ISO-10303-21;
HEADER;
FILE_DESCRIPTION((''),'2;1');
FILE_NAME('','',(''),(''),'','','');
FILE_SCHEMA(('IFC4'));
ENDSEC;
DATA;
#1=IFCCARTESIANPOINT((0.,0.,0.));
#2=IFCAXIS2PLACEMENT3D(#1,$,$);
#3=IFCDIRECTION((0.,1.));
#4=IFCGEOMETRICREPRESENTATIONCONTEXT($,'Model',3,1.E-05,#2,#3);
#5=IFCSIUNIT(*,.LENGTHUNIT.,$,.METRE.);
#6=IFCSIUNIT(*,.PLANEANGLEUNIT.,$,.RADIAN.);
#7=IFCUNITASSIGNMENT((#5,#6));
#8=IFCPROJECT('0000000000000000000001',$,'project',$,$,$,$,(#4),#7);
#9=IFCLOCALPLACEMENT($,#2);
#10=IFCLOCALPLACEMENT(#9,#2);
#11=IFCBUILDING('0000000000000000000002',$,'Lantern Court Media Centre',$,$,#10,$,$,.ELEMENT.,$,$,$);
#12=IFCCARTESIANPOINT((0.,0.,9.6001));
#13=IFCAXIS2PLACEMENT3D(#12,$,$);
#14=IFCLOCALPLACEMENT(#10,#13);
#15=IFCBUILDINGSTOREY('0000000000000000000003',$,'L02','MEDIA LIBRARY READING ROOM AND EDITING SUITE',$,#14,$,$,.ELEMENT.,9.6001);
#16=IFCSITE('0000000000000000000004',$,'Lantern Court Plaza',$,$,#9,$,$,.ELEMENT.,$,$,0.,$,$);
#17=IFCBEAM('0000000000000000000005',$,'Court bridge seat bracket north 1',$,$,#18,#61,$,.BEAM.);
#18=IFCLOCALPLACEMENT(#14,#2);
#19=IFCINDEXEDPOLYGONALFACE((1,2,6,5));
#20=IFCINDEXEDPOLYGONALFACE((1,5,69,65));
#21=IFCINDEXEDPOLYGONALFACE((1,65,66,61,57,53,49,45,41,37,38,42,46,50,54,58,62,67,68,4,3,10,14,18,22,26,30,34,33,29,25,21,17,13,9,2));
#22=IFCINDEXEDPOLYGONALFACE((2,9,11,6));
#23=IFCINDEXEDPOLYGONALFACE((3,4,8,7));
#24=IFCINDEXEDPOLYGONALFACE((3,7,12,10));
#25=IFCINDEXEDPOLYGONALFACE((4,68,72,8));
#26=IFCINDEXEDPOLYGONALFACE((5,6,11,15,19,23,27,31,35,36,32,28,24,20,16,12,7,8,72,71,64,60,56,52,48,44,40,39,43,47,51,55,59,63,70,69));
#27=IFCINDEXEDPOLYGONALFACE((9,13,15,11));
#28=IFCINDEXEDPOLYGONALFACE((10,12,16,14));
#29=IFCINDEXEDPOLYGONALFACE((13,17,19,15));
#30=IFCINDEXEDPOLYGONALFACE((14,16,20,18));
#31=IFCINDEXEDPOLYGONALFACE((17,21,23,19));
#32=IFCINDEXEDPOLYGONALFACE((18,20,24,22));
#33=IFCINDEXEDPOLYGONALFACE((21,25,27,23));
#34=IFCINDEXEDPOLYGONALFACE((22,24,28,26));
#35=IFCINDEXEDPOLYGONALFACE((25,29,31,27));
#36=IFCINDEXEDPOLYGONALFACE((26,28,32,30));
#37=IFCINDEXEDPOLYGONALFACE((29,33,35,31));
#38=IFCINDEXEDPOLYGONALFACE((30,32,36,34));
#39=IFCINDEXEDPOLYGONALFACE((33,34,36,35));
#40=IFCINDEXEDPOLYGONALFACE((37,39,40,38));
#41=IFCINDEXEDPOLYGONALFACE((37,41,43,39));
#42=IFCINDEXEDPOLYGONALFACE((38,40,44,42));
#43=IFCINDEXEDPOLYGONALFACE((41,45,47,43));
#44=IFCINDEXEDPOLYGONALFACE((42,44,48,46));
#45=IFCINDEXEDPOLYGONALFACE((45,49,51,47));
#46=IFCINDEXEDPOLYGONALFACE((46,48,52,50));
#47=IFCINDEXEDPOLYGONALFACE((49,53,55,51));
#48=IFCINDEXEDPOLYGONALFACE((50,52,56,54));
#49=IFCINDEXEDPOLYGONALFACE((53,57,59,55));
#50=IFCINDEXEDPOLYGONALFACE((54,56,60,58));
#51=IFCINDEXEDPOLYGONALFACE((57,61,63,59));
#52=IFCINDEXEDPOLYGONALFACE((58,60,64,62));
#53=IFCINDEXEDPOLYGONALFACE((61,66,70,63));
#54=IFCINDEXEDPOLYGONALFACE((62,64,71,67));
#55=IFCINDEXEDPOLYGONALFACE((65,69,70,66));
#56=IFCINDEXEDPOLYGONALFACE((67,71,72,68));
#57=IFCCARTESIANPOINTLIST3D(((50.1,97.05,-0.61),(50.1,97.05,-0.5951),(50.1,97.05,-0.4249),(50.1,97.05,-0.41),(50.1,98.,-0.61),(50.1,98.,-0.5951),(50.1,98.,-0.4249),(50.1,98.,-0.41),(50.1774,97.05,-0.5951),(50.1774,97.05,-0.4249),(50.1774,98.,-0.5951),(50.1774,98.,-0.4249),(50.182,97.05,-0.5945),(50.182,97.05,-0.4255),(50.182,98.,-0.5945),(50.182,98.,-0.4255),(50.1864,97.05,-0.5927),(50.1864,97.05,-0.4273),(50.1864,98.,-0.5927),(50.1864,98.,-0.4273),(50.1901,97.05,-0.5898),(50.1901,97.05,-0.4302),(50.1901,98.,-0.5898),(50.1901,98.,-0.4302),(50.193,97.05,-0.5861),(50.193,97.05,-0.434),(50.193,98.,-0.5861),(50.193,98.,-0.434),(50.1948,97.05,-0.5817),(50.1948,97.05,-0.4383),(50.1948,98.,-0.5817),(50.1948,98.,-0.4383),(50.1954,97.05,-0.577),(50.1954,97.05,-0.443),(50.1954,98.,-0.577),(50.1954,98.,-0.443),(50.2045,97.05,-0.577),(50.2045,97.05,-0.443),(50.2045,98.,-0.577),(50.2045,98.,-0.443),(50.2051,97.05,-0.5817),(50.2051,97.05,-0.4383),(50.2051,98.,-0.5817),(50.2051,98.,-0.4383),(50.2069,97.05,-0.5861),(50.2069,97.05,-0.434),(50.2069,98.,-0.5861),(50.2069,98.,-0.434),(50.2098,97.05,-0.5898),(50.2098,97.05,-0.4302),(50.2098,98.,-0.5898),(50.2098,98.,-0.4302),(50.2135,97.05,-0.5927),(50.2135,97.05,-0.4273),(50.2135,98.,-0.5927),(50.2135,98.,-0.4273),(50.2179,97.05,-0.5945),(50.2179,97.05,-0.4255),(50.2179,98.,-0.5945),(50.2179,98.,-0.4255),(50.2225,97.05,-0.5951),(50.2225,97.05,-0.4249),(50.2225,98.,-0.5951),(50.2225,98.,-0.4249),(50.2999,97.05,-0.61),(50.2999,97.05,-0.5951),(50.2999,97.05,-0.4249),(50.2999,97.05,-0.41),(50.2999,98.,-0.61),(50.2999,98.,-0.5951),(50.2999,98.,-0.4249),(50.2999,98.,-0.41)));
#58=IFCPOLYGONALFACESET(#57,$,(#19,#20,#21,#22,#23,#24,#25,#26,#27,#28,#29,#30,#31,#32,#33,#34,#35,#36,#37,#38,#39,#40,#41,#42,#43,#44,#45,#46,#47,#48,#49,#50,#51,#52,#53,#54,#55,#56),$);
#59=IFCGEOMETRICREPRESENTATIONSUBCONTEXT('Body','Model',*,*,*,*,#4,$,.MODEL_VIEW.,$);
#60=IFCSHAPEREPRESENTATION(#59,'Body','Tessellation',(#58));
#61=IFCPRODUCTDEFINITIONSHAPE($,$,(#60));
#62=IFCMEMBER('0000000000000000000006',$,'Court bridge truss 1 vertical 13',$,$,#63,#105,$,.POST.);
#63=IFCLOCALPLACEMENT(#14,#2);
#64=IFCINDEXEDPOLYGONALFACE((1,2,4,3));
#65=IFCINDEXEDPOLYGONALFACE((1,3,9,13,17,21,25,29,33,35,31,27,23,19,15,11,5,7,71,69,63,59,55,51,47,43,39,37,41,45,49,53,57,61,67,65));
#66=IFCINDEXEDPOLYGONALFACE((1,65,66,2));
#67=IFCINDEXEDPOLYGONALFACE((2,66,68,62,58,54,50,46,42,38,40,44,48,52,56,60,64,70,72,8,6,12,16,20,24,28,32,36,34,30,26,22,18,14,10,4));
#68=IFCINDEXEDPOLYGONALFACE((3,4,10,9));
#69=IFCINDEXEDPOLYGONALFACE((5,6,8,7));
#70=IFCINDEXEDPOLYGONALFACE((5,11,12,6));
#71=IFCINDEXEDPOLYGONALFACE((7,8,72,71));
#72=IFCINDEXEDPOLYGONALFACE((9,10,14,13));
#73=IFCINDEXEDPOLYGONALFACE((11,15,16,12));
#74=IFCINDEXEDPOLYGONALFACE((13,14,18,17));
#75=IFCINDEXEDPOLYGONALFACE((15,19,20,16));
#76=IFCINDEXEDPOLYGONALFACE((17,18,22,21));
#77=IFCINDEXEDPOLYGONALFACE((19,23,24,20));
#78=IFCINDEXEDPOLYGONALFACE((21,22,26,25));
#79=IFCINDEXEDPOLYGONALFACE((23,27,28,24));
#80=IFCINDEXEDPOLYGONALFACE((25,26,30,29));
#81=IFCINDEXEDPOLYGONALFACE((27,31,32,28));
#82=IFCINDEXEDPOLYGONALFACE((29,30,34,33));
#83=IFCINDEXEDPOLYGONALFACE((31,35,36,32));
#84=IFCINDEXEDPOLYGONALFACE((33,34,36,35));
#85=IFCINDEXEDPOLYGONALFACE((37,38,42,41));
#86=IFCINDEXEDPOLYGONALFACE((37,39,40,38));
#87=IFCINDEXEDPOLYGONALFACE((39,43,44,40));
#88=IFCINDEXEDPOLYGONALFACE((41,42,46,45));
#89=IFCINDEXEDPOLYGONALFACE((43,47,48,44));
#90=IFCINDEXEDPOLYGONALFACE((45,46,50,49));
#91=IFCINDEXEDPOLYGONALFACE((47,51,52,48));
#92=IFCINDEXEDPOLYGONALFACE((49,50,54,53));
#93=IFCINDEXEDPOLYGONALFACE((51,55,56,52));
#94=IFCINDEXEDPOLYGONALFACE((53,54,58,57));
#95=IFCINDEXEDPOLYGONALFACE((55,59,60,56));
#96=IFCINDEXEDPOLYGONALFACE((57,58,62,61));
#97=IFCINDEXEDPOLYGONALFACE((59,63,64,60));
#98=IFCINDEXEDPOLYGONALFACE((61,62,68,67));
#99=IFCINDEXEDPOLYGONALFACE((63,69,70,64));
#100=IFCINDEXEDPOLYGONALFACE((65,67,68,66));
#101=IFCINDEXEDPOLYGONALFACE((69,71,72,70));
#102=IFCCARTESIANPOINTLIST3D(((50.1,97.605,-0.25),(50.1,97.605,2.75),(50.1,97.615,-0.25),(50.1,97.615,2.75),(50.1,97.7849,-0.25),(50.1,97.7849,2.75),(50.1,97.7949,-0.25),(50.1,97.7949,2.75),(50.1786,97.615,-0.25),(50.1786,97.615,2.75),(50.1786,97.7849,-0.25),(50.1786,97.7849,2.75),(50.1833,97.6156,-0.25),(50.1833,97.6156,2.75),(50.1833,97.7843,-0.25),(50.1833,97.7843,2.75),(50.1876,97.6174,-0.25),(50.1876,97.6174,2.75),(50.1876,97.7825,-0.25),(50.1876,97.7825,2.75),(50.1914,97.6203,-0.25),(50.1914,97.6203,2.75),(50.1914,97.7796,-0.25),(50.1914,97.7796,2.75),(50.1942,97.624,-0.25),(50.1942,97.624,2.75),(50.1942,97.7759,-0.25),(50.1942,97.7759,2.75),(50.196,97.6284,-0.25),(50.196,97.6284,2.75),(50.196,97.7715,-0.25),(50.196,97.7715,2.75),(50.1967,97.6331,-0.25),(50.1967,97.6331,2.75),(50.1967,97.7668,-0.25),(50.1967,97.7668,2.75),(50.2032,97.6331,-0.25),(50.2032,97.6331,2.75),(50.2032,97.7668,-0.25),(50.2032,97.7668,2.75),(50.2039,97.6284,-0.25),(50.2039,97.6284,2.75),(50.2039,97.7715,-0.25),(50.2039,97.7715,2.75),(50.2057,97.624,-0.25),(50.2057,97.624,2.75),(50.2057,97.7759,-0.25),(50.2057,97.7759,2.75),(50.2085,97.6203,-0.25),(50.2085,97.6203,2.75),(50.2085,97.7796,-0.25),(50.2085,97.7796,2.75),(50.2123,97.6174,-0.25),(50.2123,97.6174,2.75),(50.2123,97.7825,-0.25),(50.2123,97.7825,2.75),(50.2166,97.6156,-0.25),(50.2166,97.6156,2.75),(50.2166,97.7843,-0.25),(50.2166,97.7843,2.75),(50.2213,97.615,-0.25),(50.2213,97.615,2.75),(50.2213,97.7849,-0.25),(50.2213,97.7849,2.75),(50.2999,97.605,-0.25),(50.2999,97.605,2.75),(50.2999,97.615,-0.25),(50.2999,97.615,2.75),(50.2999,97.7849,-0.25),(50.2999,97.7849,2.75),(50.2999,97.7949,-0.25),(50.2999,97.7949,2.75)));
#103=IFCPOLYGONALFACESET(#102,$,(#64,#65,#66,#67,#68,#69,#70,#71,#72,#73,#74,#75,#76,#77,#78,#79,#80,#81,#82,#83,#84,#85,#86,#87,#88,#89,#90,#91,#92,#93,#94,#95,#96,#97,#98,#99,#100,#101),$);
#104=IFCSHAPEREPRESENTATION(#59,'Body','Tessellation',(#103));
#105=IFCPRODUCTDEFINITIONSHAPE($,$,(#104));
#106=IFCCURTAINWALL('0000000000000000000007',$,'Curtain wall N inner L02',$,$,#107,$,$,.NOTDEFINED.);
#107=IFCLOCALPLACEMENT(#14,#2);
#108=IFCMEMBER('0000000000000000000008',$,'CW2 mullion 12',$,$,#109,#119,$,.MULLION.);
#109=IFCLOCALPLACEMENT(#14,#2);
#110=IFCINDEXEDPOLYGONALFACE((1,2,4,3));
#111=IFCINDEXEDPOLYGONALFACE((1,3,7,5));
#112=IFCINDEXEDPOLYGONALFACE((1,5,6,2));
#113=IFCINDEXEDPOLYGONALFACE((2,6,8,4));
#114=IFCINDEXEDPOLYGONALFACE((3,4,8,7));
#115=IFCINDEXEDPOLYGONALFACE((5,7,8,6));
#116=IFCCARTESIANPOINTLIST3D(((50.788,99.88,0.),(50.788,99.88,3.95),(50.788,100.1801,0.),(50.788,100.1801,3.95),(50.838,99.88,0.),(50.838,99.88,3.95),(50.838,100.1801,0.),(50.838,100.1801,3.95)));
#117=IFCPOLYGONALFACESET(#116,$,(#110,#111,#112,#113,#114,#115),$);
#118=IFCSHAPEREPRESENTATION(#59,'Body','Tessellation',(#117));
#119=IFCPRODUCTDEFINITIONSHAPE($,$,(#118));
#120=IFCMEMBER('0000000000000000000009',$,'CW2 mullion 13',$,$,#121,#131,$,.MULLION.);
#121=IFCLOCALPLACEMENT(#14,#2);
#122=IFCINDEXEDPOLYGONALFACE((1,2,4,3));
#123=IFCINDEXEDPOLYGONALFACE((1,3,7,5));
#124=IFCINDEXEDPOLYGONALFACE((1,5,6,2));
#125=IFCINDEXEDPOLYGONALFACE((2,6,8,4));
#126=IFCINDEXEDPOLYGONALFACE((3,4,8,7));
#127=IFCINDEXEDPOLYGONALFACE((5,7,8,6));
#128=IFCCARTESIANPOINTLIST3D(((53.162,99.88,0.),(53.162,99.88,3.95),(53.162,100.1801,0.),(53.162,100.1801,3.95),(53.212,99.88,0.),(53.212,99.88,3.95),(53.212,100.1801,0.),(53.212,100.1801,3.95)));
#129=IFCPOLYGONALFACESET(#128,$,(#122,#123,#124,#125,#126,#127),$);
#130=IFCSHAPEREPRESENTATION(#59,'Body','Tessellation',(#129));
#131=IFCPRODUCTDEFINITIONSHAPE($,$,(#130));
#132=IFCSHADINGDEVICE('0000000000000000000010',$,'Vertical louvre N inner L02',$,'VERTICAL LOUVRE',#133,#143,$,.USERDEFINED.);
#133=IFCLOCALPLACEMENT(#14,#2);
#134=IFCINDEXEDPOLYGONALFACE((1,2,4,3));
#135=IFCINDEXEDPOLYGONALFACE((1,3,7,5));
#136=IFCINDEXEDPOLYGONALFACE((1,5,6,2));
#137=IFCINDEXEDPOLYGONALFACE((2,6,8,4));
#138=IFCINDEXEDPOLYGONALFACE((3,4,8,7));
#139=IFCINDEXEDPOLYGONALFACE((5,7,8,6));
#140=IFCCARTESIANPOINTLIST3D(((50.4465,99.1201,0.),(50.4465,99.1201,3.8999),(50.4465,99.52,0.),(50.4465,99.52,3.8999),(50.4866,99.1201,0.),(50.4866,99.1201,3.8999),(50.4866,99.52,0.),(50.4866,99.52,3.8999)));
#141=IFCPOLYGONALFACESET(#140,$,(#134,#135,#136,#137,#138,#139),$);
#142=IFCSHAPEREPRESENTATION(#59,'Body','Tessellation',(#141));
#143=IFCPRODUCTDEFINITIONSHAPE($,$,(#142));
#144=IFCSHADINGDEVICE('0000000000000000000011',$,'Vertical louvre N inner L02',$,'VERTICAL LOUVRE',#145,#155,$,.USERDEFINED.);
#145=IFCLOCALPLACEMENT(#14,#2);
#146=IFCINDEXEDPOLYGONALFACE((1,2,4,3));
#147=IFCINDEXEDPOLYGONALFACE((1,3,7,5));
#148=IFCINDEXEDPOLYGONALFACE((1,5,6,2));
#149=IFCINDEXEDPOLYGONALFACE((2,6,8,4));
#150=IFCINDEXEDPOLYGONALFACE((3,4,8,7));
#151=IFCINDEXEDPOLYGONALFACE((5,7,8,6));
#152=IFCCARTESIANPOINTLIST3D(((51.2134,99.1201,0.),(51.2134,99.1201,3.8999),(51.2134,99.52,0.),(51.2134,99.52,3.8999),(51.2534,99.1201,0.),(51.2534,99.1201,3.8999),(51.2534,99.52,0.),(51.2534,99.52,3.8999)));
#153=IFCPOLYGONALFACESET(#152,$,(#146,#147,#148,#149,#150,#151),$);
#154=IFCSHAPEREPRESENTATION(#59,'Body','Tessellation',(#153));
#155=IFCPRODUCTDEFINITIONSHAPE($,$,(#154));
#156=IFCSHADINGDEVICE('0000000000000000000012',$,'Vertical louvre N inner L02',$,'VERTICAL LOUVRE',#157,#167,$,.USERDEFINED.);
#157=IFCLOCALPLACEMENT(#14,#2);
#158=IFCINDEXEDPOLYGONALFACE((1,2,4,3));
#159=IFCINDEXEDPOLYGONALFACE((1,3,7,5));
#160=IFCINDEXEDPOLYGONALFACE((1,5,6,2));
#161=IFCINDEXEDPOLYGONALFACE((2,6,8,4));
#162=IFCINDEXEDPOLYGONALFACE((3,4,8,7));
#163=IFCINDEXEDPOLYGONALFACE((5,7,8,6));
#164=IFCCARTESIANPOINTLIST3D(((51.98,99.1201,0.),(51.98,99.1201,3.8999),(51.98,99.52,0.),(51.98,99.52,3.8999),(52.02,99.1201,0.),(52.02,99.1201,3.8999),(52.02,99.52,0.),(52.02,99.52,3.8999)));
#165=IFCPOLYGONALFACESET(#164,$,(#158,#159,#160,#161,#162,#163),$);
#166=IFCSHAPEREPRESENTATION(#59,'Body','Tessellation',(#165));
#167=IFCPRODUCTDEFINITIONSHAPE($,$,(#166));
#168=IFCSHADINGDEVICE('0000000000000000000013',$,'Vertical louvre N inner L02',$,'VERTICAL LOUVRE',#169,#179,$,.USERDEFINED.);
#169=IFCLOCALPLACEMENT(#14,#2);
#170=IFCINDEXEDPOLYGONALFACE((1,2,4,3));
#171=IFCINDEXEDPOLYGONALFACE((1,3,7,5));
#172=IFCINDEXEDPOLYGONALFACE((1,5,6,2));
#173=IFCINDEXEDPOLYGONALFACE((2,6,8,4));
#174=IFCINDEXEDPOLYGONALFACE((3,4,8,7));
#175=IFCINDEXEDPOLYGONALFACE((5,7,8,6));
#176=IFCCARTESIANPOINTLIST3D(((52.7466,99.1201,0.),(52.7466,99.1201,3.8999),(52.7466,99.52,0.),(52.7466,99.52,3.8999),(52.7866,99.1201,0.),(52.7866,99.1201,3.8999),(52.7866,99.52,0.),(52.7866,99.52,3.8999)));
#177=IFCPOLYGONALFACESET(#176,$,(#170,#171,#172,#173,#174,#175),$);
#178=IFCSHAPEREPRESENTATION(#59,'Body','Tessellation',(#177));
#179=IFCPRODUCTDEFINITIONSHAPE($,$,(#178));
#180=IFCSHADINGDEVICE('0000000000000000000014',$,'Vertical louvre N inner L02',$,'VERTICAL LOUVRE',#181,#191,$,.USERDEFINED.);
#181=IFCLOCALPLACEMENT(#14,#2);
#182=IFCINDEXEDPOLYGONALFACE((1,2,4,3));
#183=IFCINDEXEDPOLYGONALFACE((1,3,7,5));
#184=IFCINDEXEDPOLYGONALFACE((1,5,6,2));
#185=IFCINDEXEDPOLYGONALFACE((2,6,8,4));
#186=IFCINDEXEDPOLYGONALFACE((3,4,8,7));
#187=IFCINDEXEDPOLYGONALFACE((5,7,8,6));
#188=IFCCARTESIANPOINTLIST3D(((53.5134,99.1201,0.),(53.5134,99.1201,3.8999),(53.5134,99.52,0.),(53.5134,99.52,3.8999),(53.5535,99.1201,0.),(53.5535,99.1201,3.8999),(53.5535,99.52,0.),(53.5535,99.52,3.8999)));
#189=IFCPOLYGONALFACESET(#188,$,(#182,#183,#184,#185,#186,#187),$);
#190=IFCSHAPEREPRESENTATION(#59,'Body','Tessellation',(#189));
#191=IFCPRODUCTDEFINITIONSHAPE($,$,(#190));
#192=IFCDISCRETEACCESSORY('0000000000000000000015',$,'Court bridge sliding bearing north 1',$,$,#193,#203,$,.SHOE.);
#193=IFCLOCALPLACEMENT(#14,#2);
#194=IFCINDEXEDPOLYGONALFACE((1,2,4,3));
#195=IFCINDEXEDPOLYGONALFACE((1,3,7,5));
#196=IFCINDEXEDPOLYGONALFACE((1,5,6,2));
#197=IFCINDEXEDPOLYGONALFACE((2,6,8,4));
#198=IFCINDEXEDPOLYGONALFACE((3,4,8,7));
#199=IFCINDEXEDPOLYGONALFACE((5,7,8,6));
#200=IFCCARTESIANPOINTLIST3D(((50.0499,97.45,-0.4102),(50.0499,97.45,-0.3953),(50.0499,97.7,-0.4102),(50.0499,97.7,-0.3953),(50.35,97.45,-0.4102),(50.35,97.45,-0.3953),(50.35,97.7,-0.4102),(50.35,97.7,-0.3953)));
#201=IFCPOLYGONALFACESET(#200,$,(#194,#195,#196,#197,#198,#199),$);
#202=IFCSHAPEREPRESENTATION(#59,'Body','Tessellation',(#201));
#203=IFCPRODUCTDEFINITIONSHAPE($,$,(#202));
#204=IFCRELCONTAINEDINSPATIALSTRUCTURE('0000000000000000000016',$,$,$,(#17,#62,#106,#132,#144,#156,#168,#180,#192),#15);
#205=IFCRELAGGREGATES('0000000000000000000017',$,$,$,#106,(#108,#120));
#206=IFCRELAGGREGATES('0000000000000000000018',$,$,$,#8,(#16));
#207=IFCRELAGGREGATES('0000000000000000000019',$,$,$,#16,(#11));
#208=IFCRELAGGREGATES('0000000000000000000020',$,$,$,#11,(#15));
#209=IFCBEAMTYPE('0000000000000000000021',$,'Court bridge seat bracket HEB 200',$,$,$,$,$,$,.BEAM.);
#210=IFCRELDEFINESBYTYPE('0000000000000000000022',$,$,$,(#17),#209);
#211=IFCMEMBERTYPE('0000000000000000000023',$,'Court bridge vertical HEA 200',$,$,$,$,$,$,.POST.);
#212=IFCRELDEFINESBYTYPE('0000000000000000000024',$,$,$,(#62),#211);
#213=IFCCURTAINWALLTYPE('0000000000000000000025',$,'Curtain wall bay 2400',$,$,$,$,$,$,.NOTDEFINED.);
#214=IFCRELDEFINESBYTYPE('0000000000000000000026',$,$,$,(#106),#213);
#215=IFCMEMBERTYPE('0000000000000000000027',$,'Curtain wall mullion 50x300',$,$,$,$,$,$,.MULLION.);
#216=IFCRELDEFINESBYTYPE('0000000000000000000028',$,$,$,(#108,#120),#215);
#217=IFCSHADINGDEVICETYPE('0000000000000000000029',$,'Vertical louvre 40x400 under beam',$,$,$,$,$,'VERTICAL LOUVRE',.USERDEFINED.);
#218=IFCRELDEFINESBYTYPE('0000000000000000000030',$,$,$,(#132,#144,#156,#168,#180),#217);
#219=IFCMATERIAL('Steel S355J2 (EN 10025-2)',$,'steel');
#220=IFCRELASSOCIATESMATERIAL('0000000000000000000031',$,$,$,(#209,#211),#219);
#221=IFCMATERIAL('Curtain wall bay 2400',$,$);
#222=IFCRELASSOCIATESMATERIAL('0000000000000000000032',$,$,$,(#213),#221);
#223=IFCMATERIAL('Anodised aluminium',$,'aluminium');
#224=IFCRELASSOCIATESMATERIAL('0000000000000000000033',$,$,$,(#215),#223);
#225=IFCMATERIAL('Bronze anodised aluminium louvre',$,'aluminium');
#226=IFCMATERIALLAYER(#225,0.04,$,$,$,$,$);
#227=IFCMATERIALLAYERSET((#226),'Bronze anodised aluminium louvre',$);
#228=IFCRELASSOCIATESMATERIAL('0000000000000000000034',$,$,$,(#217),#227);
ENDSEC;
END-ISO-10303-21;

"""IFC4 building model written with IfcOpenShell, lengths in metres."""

from ifc_helpers import new_model, si_unit, direction, frame, origin, origin_2d, place, context, subcontext, project, spatial, rectangle, i_section, extrude, material, layer, layer_set, material_profile, profile_set, type_object, element, aggregate, save


model = new_model("IFC4")

# Units and contexts
model_context = context("Model", 3, precision=1e-05, world=origin(), true_north=direction((0.0, 1.0)))
body_context = subcontext(model_context, "Body", "Model", "MODEL_VIEW")
ifc_project = project(units=[si_unit("LENGTHUNIT", "METRE"), si_unit("PLANEANGLEUNIT", "RADIAN")], contexts=[model_context])

# Site, building, storey
site_placement = place(None, origin())
site = spatial("IfcSite", under=ifc_project, at=site_placement, Name="Lantern Court Plaza", CompositionType="ELEMENT", RefElevation=0.0)
building_placement = place(site_placement, origin())
building = spatial("IfcBuilding", under=site, at=building_placement, Name="Lantern Court Media Centre", CompositionType="ELEMENT")
storey_placement = place(building_placement, frame((0.0, 0.0, 9.6001)))
storey = spatial("IfcBuildingStorey", under=building, at=storey_placement, Name="L02", Description="MEDIA LIBRARY READING ROOM AND EDITING SUITE", CompositionType="ELEMENT", Elevation=9.6001)

# Shared definitions
ifc_material_1 = material(Name="Steel S355J2 (EN 10025-2)", Category="steel")

# Beam
ifc_material_profile_1 = material_profile(ifc_material_1, i_section(OverallWidth=0.2, OverallDepth=0.2, WebThickness=0.009, FlangeThickness=0.0149, FilletRadius=0.0181, at=origin_2d()), Name="HEB 200")
ifc_profile_set_1 = profile_set([ifc_material_profile_1], Name="Steel S355J2 (EN 10025-2)")
beam_type_1 = type_object("IfcBeamType", Name="Court bridge seat bracket HEB 200", PredefinedType="BEAM", material=ifc_profile_set_1)
beam_1_placement = place(storey_placement, frame((50.2, 98.0, -0.51), z_axis=(0.0, -1.0, 0.0), x_axis=(1.0, 0.0, 0.0)))
element("IfcBeam", 1, at=beam_1_placement, inside=storey, type_object=beam_type_1, Name="Court bridge seat bracket north 1", PredefinedType="BEAM", context=body_context, shape_type="SweptSolid", body=[
    extrude(i_section(OverallWidth=0.2, OverallDepth=0.2, WebThickness=0.009, FlangeThickness=0.0149, FilletRadius=0.0181, at=origin_2d()), origin(), (0.0, 0.0, 1.0), 0.95),
])

# Member
ifc_material_profile_2 = material_profile(ifc_material_1, i_section(OverallWidth=0.2, OverallDepth=0.1899, WebThickness=0.0066, FlangeThickness=0.01, FilletRadius=0.0181, at=origin_2d()), Name="HEA 200")
ifc_profile_set_2 = profile_set([ifc_material_profile_2], Name="Steel S355J2 (EN 10025-2)")
member_type_1 = type_object("IfcMemberType", Name="Court bridge vertical HEA 200", PredefinedType="POST", material=ifc_profile_set_2)
member_1_placement = place(storey_placement, frame((50.2, 97.7, -0.25), z_axis=(0.0, 0.0, 1.0), x_axis=(1.0, 0.0, 0.0)))
element("IfcMember", 2, at=member_1_placement, inside=storey, type_object=member_type_1, Name="Court bridge truss 1 vertical 13", PredefinedType="POST", context=body_context, shape_type="SweptSolid", body=[
    extrude(i_section(OverallWidth=0.2, OverallDepth=0.1899, WebThickness=0.0066, FlangeThickness=0.01, FilletRadius=0.0181, at=origin_2d()), origin(), (0.0, 0.0, 1.0), 3.0),
])

# Curtain wall, members
ifc_material_2 = material(Name="Curtain wall bay 2400")
curtain_wall_type = type_object("IfcCurtainWallType", Name="Curtain wall bay 2400", PredefinedType="NOTDEFINED", material=ifc_material_2)
curtain_wall_placement = place(storey_placement, origin())
curtain_wall = element("IfcCurtainWall", 3, at=curtain_wall_placement, inside=storey, type_object=curtain_wall_type, Name="Curtain wall N inner L02", PredefinedType="NOTDEFINED")
ifc_material_3 = material(Name="Anodised aluminium", Category="aluminium")
ifc_material_profile_3 = material_profile(ifc_material_3, rectangle(XDim=0.3, YDim=0.05, at=origin_2d()), Name="AL 50x300")
ifc_profile_set_3 = profile_set([ifc_material_profile_3], Name="Anodised aluminium")
member_type_2 = type_object("IfcMemberType", Name="Curtain wall mullion 50x300", PredefinedType="MULLION", material=ifc_profile_set_3)
member_2_placement = place(storey_placement, frame((50.813, 100.03, 0.0), z_axis=(0.0, 0.0, 1.0), x_axis=(0.0, 1.0, 0.0)))
member_2 = element("IfcMember", 4, at=member_2_placement, type_object=member_type_2, Name="CW2 mullion 12", PredefinedType="MULLION", context=body_context, shape_type="SweptSolid", body=[
    extrude(rectangle(XDim=0.3, YDim=0.05, at=origin_2d()), origin(), (0.0, 0.0, 1.0), 3.95),
])
member_3_placement = place(storey_placement, frame((53.187, 100.03, 0.0), z_axis=(0.0, 0.0, 1.0), x_axis=(0.0, 1.0, 0.0)))
member_3 = element("IfcMember", 5, at=member_3_placement, type_object=member_type_2, Name="CW2 mullion 13", PredefinedType="MULLION", context=body_context, shape_type="SweptSolid", body=[
    extrude(rectangle(XDim=0.3, YDim=0.05, at=origin_2d()), origin(), (0.0, 0.0, 1.0), 3.95),
])
aggregate(curtain_wall, [member_2, member_3])

# Shading devices
ifc_material_4 = material(Name="Bronze anodised aluminium louvre", Category="aluminium")
ifc_layer = layer(ifc_material_4, 0.04)
ifc_layer_set = layer_set([ifc_layer], Name="Bronze anodised aluminium louvre")
shading_device_type = type_object("IfcShadingDeviceType", Name="Vertical louvre 40x400 under beam", ElementType="VERTICAL LOUVRE", PredefinedType="USERDEFINED", material=ifc_layer_set)
for number, where, z_axis, x_axis, name in (
    (6, (50.4666, 99.3201, 0.0), (0.0, 0.0, 1.0), (1.0, 0.0, 0.0), "Vertical louvre N inner L02"),
    (7, (51.2334, 99.3201, 0.0), (0.0, 0.0, 1.0), (1.0, 0.0, 0.0), "Vertical louvre N inner L02"),
    (8, (52.0, 99.3201, 0.0), (0.0, 0.0, 1.0), (1.0, 0.0, 0.0), "Vertical louvre N inner L02"),
    (9, (52.7666, 99.3201, 0.0), (0.0, 0.0, 1.0), (1.0, 0.0, 0.0), "Vertical louvre N inner L02"),
    (10, (53.5334, 99.3201, 0.0), (0.0, 0.0, 1.0), (1.0, 0.0, 0.0), "Vertical louvre N inner L02"),
):
    element("IfcShadingDevice", number, at=place(storey_placement, frame(where, z_axis=z_axis, x_axis=x_axis)), inside=storey, type_object=shading_device_type, Name=name, ObjectType="VERTICAL LOUVRE", PredefinedType="USERDEFINED", context=body_context, shape_type="SweptSolid", body=[
        extrude(rectangle(XDim=0.04, YDim=0.3999, at=origin_2d()), origin(), (0.0, 0.0, 1.0), 3.8999),
    ])

# Discrete accessory
discrete_accessory_placement = place(storey_placement, frame((50.2, 97.575, -0.4102), z_axis=(0.0, 0.0, 1.0), x_axis=(1.0, 0.0, 0.0)))
element("IfcDiscreteAccessory", 11, at=discrete_accessory_placement, inside=storey, Name="Court bridge sliding bearing north 1", PredefinedType="SHOE", context=body_context, shape_type="SweptSolid", body=[
    extrude(rectangle(XDim=0.3, YDim=0.25, at=origin_2d()), origin(), (0.0, 0.0, 1.0), 0.0149),
])

save(model, "model.ifc")
